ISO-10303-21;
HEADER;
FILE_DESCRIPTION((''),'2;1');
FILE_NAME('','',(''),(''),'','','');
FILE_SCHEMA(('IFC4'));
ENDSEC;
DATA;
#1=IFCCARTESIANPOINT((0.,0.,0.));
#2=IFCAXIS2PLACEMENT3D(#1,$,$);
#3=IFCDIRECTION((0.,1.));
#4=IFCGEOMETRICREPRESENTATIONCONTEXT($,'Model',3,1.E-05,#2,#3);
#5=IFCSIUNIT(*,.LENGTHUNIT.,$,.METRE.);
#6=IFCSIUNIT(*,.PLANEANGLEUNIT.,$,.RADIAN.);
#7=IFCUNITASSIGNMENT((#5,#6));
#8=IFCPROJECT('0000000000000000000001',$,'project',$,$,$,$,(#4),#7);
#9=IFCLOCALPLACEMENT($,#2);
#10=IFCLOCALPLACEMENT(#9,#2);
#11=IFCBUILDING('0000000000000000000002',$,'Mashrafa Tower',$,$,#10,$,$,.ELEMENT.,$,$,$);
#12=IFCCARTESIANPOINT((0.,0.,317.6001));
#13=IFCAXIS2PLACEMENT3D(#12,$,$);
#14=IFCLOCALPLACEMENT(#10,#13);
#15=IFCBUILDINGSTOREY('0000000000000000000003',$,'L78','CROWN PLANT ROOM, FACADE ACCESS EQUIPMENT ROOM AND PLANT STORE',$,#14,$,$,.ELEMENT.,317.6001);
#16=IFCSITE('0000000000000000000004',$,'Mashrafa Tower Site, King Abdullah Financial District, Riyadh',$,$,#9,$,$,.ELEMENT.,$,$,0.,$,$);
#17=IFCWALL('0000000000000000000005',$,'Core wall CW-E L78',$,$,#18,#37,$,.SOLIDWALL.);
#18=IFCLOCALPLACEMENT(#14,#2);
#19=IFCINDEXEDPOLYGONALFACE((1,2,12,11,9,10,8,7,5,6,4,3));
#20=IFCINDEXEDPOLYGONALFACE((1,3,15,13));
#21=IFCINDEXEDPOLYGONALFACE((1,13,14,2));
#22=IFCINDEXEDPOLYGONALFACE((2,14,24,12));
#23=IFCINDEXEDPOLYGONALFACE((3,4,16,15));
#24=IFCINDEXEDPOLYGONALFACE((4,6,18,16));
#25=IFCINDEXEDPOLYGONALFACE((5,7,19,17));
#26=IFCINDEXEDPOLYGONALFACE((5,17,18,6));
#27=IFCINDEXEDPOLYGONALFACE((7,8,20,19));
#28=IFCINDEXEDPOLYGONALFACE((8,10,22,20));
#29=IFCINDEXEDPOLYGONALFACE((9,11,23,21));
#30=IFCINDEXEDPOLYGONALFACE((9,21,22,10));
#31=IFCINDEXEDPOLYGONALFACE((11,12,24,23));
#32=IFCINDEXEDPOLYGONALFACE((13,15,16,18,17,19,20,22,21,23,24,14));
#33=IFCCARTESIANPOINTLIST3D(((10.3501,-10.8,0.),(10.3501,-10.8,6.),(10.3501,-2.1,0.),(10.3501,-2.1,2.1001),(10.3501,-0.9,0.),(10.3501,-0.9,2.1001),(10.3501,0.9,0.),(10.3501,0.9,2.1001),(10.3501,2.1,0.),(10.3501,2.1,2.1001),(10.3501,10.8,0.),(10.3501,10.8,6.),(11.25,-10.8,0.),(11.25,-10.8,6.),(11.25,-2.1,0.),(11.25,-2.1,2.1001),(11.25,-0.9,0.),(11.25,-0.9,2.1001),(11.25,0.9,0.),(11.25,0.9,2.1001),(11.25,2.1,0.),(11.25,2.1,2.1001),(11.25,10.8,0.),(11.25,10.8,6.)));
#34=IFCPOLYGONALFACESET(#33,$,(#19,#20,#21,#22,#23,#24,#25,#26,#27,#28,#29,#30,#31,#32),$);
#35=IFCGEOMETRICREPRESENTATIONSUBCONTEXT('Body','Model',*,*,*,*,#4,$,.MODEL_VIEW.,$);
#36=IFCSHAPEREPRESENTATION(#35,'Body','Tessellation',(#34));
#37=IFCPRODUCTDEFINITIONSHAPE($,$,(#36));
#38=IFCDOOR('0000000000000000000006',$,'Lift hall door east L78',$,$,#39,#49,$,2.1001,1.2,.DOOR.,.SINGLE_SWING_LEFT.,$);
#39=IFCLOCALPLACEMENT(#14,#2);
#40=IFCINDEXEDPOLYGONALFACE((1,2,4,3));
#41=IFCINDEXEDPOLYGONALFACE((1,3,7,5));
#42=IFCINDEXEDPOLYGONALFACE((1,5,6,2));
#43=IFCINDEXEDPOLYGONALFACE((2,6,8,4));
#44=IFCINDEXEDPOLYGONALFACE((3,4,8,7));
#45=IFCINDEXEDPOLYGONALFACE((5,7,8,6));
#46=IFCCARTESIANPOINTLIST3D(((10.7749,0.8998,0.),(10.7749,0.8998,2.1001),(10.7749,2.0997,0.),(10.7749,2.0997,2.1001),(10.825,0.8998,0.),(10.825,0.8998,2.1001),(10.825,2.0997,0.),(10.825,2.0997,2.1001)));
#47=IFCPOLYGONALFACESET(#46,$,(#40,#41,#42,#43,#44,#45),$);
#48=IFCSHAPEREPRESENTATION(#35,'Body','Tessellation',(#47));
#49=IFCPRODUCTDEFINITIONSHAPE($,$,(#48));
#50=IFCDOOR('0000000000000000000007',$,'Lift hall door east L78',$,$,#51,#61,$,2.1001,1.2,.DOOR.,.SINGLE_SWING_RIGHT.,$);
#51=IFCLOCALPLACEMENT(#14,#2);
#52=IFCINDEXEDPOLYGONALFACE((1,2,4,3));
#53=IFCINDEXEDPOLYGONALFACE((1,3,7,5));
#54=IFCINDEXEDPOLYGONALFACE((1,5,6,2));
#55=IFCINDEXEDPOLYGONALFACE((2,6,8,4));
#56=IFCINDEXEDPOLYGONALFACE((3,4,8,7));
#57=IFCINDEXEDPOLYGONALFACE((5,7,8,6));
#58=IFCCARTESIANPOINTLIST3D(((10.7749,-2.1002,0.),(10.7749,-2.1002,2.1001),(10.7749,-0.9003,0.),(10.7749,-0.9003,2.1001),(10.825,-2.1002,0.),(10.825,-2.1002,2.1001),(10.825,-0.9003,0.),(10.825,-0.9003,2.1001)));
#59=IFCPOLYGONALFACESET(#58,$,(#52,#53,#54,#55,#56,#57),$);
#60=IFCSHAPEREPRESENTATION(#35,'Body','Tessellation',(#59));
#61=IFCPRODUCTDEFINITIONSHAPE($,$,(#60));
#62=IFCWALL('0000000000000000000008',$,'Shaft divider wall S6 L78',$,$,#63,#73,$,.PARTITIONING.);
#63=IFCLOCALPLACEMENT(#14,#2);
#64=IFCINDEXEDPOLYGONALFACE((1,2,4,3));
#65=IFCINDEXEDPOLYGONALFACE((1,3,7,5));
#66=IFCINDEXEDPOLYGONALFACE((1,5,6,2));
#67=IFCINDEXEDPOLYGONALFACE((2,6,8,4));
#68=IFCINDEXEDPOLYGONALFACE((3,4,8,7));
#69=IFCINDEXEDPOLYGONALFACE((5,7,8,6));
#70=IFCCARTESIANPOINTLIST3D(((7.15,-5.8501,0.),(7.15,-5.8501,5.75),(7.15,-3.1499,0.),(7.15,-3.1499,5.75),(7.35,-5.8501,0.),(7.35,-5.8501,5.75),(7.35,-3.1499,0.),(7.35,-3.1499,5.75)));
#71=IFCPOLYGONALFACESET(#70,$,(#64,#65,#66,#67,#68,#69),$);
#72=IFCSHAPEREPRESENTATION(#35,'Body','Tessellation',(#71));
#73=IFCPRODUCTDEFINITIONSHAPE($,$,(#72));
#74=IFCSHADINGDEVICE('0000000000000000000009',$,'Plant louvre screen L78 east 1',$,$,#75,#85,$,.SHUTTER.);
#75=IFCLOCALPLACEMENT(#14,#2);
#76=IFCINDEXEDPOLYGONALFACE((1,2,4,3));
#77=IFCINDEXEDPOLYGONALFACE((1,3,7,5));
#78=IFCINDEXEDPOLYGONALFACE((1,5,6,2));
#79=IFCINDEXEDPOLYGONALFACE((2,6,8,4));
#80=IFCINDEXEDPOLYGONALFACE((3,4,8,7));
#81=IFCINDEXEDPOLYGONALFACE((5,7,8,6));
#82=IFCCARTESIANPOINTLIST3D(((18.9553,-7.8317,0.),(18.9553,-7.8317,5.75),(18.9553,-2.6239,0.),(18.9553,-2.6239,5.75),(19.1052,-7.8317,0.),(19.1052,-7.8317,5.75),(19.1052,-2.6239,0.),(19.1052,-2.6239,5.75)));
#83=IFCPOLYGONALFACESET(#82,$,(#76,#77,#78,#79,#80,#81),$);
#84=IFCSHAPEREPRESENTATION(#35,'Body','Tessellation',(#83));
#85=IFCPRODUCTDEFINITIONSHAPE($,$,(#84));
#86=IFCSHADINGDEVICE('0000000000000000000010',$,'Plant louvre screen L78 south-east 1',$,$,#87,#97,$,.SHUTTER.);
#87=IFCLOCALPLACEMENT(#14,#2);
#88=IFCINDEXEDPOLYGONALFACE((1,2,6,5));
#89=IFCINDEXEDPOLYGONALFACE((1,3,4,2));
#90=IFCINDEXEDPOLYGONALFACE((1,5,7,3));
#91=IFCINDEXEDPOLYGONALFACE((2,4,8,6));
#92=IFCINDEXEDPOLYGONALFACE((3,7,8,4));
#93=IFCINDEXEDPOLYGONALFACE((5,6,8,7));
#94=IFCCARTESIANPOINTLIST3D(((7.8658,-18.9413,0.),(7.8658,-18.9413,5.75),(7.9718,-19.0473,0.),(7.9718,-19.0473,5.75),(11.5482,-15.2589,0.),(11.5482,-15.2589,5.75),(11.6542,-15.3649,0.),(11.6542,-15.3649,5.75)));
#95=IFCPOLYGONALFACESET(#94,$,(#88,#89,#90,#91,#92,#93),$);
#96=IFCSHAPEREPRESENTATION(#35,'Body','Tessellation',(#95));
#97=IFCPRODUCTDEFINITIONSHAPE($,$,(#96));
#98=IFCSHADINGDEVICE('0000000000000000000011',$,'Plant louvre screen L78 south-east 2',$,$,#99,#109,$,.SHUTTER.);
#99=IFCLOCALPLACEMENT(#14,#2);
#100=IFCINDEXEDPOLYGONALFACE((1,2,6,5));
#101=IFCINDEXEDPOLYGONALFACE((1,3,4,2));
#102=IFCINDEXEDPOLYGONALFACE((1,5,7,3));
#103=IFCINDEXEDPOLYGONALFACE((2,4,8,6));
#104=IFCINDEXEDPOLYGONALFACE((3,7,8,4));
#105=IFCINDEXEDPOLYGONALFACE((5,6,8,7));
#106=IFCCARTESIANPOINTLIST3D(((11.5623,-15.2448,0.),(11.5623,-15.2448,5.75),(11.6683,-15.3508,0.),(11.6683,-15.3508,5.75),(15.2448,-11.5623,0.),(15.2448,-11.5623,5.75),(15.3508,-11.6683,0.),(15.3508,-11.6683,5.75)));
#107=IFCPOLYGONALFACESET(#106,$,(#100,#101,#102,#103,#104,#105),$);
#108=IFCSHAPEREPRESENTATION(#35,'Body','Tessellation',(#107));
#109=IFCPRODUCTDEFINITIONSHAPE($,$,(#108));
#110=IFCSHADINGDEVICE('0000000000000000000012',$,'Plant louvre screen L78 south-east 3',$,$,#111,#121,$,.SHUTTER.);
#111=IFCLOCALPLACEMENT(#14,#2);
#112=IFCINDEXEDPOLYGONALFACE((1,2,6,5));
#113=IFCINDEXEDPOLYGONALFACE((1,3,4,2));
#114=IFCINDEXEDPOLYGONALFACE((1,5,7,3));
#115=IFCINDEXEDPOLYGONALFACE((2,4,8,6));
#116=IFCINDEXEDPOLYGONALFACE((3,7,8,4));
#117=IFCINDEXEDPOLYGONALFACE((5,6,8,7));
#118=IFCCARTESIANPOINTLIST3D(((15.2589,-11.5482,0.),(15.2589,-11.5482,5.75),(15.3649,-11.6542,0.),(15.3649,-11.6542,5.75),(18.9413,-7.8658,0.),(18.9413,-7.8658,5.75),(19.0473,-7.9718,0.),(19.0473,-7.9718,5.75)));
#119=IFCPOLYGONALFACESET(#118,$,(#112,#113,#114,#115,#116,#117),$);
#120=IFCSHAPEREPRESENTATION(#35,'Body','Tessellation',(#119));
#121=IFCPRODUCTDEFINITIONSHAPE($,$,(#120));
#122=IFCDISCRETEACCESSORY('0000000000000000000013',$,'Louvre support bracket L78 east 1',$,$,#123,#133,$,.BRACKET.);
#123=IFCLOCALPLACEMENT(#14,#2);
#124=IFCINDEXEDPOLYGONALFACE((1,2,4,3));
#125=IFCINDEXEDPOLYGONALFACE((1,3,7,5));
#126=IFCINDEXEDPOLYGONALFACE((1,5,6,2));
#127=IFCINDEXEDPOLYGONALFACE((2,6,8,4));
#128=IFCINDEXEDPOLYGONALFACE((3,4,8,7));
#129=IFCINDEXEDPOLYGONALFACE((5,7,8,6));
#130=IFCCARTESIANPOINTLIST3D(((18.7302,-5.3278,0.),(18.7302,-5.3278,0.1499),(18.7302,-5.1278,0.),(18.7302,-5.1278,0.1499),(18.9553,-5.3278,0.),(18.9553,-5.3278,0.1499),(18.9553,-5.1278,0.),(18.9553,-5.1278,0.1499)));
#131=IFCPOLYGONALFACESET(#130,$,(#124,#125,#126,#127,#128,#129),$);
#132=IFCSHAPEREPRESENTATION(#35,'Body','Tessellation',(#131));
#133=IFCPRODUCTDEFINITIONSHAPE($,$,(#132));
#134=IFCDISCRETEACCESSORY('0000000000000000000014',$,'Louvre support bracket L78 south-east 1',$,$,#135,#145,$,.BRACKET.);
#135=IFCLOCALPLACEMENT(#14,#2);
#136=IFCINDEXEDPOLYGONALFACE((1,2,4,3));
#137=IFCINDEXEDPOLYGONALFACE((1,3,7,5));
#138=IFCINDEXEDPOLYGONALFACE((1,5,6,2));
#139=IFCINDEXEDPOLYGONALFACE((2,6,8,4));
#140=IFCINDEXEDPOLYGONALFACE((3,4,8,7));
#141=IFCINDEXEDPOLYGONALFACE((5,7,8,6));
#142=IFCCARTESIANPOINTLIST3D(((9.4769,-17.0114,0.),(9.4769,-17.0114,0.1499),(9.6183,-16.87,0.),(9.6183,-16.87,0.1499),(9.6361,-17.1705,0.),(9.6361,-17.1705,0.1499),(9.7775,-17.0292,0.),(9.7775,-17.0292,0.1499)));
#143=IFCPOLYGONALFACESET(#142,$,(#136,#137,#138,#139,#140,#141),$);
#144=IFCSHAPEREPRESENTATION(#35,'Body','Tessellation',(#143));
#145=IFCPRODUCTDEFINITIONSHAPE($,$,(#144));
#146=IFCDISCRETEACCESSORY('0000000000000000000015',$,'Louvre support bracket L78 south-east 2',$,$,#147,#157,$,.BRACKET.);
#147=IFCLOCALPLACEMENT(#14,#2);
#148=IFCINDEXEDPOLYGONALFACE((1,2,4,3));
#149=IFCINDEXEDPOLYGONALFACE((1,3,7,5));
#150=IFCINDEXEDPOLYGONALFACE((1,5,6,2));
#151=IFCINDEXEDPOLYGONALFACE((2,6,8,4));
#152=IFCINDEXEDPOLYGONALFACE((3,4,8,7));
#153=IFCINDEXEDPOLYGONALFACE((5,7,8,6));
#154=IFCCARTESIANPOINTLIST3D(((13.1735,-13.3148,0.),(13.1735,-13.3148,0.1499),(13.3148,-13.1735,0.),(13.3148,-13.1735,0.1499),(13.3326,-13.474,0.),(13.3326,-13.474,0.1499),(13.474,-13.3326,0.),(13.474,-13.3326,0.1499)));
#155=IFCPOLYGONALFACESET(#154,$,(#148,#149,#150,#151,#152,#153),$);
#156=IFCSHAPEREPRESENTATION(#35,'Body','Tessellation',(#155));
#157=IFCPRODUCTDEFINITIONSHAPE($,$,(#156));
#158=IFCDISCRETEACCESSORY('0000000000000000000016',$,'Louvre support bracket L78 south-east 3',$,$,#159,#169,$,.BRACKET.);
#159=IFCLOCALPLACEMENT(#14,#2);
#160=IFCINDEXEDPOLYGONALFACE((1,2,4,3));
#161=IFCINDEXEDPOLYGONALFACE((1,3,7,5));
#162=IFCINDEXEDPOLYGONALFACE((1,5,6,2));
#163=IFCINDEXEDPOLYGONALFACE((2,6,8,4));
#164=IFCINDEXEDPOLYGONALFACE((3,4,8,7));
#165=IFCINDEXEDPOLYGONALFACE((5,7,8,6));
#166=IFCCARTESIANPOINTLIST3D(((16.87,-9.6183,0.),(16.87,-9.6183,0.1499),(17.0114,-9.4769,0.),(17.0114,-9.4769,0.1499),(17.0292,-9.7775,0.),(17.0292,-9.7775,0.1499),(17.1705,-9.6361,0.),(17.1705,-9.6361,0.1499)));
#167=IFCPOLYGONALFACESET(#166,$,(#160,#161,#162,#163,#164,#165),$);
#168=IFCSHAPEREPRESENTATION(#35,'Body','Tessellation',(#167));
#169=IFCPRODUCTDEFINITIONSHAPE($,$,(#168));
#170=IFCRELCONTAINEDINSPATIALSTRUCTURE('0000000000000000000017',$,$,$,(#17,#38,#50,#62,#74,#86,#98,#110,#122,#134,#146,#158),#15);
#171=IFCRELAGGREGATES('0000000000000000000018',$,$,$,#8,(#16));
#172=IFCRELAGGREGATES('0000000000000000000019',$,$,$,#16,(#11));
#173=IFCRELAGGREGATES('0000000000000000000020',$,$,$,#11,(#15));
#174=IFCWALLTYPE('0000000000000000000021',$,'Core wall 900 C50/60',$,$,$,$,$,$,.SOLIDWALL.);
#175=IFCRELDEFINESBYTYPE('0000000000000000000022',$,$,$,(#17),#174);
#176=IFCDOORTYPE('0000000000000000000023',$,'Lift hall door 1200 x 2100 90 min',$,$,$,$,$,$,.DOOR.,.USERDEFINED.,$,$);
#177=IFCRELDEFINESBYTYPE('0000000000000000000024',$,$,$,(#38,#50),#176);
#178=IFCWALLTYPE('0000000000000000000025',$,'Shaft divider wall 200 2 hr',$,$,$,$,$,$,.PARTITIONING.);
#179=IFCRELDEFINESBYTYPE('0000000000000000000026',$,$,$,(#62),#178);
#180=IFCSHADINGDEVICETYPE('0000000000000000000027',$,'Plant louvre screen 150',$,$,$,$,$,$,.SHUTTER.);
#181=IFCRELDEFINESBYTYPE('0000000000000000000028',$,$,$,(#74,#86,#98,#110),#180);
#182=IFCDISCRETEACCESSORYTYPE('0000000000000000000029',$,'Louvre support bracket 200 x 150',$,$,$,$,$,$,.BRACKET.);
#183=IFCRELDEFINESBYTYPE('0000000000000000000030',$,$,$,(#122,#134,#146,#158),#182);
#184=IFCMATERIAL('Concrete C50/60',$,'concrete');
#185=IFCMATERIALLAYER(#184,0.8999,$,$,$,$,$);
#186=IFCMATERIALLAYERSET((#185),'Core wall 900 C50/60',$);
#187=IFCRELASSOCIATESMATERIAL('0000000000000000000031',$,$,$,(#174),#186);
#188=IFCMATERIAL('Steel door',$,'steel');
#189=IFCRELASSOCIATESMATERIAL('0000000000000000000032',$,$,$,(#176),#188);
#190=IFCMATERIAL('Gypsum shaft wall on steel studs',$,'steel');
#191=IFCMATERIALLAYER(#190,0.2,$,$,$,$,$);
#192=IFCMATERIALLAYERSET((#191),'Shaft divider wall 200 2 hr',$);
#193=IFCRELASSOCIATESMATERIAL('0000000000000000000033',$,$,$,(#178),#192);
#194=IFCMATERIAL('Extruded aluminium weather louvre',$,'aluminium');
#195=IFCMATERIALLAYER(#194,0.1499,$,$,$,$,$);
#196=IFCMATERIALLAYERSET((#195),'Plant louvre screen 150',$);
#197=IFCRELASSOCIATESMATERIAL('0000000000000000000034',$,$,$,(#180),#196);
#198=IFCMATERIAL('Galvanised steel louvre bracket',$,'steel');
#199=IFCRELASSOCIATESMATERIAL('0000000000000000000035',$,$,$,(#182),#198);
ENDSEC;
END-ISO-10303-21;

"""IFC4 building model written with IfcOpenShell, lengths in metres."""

from ifc_helpers import new_model, si_unit, direction, frame, frame_2d, origin, origin_2d, place, context, subcontext, project, spatial, rectangle, extrude, source, transform, mapped, material, layer, layer_set, type_object, type_shapes, element, fill, save


model = new_model("IFC4")

# Units and contexts
model_context = context("Model", 3, precision=1e-05, world=origin(), true_north=direction((0.0, 1.0)))
body_context = subcontext(model_context, "Body", "Model", "MODEL_VIEW")
ifc_project = project(units=[si_unit("LENGTHUNIT", "METRE"), si_unit("PLANEANGLEUNIT", "RADIAN")], contexts=[model_context])

# Site, building, storey
site_placement = place(None, origin())
site = spatial("IfcSite", under=ifc_project, at=site_placement, Name="Mashrafa Tower Site, King Abdullah Financial District, Riyadh", CompositionType="ELEMENT", RefElevation=0.0)
building_placement = place(site_placement, origin())
building = spatial("IfcBuilding", under=site, at=building_placement, Name="Mashrafa Tower", CompositionType="ELEMENT")
storey_placement = place(building_placement, frame((0.0, 0.0, 317.6001)))
storey = spatial("IfcBuildingStorey", under=building, at=storey_placement, Name="L78", Description="CROWN PLANT ROOM, FACADE ACCESS EQUIPMENT ROOM AND PLANT STORE", CompositionType="ELEMENT", Elevation=317.6001)

# Wall, openings, doors
ifc_material_1 = material(Name="Concrete C50/60", Category="concrete")
ifc_layer_1 = layer(ifc_material_1, 0.8999)
ifc_layer_set_1 = layer_set([ifc_layer_1], Name="Core wall 900 C50/60")
wall_type_1 = type_object("IfcWallType", Name="Core wall 900 C50/60", PredefinedType="SOLIDWALL", material=ifc_layer_set_1)
wall_1_placement = place(storey_placement, frame((10.8, -10.8, 0.0), z_axis=(0.0, 0.0, 1.0), x_axis=(0.0, 1.0, 0.0)))
wall_1 = element("IfcWall", 1, at=wall_1_placement, inside=storey, type_object=wall_type_1, Name="Core wall CW-E L78", PredefinedType="SOLIDWALL", context=body_context, shape_type="SweptSolid", body=[
    extrude(rectangle(XDim=21.6001, YDim=0.8999, at=frame_2d((10.8, 0.0))), origin(), (0.0, 0.0, 1.0), 6.0),
])
opening_1_placement = place(wall_1_placement, frame((11.7, 0.0, 0.0)))
opening_1 = element("IfcOpeningElement", 2, at=opening_1_placement, cuts=wall_1, PredefinedType="OPENING", context=body_context, shape_type="SweptSolid", body=[
    extrude(rectangle(XDim=1.2, YDim=2.1001, at=frame_2d((0.6001, 1.05))), frame((0.0, 0.46, 0.0), z_axis=(0.0, -1.0, 0.0), x_axis=(1.0, 0.0, 0.0)), (0.0, 0.0, 1.0), 0.9199),
])
opening_2_placement = place(wall_1_placement, frame((8.7, 0.0, 0.0)))
opening_2 = element("IfcOpeningElement", 3, at=opening_2_placement, cuts=wall_1, PredefinedType="OPENING", context=body_context, shape_type="SweptSolid", body=[
    extrude(rectangle(XDim=1.2, YDim=2.1001, at=frame_2d((0.6001, 1.05))), frame((0.0, 0.46, 0.0), z_axis=(0.0, -1.0, 0.0), x_axis=(1.0, 0.0, 0.0)), (0.0, 0.0, 1.0), 0.9199),
])
ifc_material_2 = material(Name="Steel door", Category="steel")
door_type_1 = type_object("IfcDoorType", Name="Lift hall door 1200 x 2100 90 min", OperationType="USERDEFINED", PredefinedType="DOOR", material=ifc_material_2)
door_1_placement = place(opening_1_placement, frame((1.2, 0.0, 0.0), z_axis=(0.0, 0.0, 1.0), x_axis=(-1.0, 0.0, 0.0)))
door_1 = element("IfcDoor", 4, at=door_1_placement, inside=storey, type_object=door_type_1, Name="Lift hall door east L78", OperationType="SINGLE_SWING_LEFT", OverallHeight=2.1001, OverallWidth=1.2, PredefinedType="DOOR", context=body_context, shape_type="SweptSolid", body=[
    extrude(rectangle(XDim=1.2, YDim=2.1001, at=frame_2d((0.6001, 1.05))), frame((0.0, 0.0249, 0.0), z_axis=(0.0, -1.0, 0.0), x_axis=(1.0, 0.0, 0.0)), (0.0, 0.0, 1.0), 0.05),
])
fill(opening_1, door_1)
door_2_placement = place(opening_2_placement, frame((1.2, 0.0, 0.0), z_axis=(0.0, 0.0, 1.0), x_axis=(-1.0, 0.0, 0.0)))
door_2 = element("IfcDoor", 5, at=door_2_placement, inside=storey, type_object=door_type_1, Name="Lift hall door east L78", OperationType="SINGLE_SWING_RIGHT", OverallHeight=2.1001, OverallWidth=1.2, PredefinedType="DOOR", context=body_context, shape_type="SweptSolid", body=[
    extrude(rectangle(XDim=1.2, YDim=2.1001, at=frame_2d((0.6001, 1.05))), frame((0.0, 0.0249, 0.0), z_axis=(0.0, -1.0, 0.0), x_axis=(1.0, 0.0, 0.0)), (0.0, 0.0, 1.0), 0.05),
])
fill(opening_2, door_2)

# Wall
ifc_material_3 = material(Name="Gypsum shaft wall on steel studs", Category="steel")
ifc_layer_2 = layer(ifc_material_3, 0.2)
ifc_layer_set_2 = layer_set([ifc_layer_2], Name="Shaft divider wall 200 2 hr")
wall_type_2 = type_object("IfcWallType", Name="Shaft divider wall 200 2 hr", PredefinedType="PARTITIONING", material=ifc_layer_set_2)
wall_2_placement = place(storey_placement, frame((7.25, -5.8501, 0.0), z_axis=(0.0, 0.0, 1.0), x_axis=(0.0, 1.0, 0.0)))
element("IfcWall", 6, at=wall_2_placement, inside=storey, type_object=wall_type_2, Name="Shaft divider wall S6 L78", PredefinedType="PARTITIONING", context=body_context, shape_type="SweptSolid", body=[
    extrude(rectangle(XDim=2.7002, YDim=0.2, at=frame_2d((1.3501, 0.0))), origin(), (0.0, 0.0, 1.0), 5.75),
])

# Shading devices
ifc_material_4 = material(Name="Extruded aluminium weather louvre", Category="aluminium")
ifc_layer_3 = layer(ifc_material_4, 0.1499)
ifc_layer_set_3 = layer_set([ifc_layer_3], Name="Plant louvre screen 150")
shading_device_type = type_object("IfcShadingDeviceType", Name="Plant louvre screen 150", PredefinedType="SHUTTER", material=ifc_layer_set_3)
shared_shape_1 = source(origin(), body_context, "Body", "SweptSolid", [
    extrude(rectangle(XDim=5.2078, YDim=0.1499, at=origin_2d()), origin(), (0.0, 0.0, 1.0), 5.75),
])
type_shapes(shading_device_type, [shared_shape_1])
for number, where, z_axis, x_axis, name in (
    (7, (19.0303, -5.2278, 0.0), (0.0, 0.0, 1.0), (0.0, 1.0, 0.0), "Plant louvre screen L78 east 1"),
    (8, (9.76, -17.1531, 0.0), (0.0, 0.0, 1.0), (0.707107, 0.707107, 0.0), "Plant louvre screen L78 south-east 1"),
    (9, (13.4565, -13.4565, 0.0), (0.0, 0.0, 1.0), (0.707107, 0.707107, 0.0), "Plant louvre screen L78 south-east 2"),
    (10, (17.1531, -9.76, 0.0), (0.0, 0.0, 1.0), (0.707107, 0.707107, 0.0), "Plant louvre screen L78 south-east 3"),
):
    element("IfcShadingDevice", number, at=place(storey_placement, frame(where, z_axis=z_axis, x_axis=x_axis)), inside=storey, type_object=shading_device_type, Name=name, PredefinedType="SHUTTER", context=body_context, shape_type="MappedRepresentation", body=[
        mapped(shared_shape_1, transform((0.0, 0.0, 0.0))),
    ])

# Discrete accessories
ifc_material_5 = material(Name="Galvanised steel louvre bracket", Category="steel")
discrete_accessory_type = type_object("IfcDiscreteAccessoryType", Name="Louvre support bracket 200 x 150", PredefinedType="BRACKET", material=ifc_material_5)
shared_shape_2 = source(origin(), body_context, "Body", "SweptSolid", [
    extrude(rectangle(XDim=0.2, YDim=0.2251, at=origin_2d()), origin(), (0.0, 0.0, 1.0), 0.1499),
])
type_shapes(discrete_accessory_type, [shared_shape_2])
for number, where, z_axis, x_axis, name in (
    (11, (18.8428, -5.2278, 0.0), (0.0, 0.0, 1.0), (0.0, 1.0, 0.0), "Louvre support bracket L78 east 1"),
    (12, (9.6272, -17.0203, 0.0), (0.0, 0.0, 1.0), (0.707107, 0.707107, 0.0), "Louvre support bracket L78 south-east 1"),
    (13, (13.3237, -13.3237, 0.0), (0.0, 0.0, 1.0), (0.707107, 0.707107, 0.0), "Louvre support bracket L78 south-east 2"),
    (14, (17.0203, -9.6272, 0.0), (0.0, 0.0, 1.0), (0.707107, 0.707107, 0.0), "Louvre support bracket L78 south-east 3"),
):
    element("IfcDiscreteAccessory", number, at=place(storey_placement, frame(where, z_axis=z_axis, x_axis=x_axis)), inside=storey, type_object=discrete_accessory_type, Name=name, PredefinedType="BRACKET", context=body_context, shape_type="MappedRepresentation", body=[
        mapped(shared_shape_2, transform((0.0, 0.0, 0.0))),
    ])

save(model, "model.ifc")
